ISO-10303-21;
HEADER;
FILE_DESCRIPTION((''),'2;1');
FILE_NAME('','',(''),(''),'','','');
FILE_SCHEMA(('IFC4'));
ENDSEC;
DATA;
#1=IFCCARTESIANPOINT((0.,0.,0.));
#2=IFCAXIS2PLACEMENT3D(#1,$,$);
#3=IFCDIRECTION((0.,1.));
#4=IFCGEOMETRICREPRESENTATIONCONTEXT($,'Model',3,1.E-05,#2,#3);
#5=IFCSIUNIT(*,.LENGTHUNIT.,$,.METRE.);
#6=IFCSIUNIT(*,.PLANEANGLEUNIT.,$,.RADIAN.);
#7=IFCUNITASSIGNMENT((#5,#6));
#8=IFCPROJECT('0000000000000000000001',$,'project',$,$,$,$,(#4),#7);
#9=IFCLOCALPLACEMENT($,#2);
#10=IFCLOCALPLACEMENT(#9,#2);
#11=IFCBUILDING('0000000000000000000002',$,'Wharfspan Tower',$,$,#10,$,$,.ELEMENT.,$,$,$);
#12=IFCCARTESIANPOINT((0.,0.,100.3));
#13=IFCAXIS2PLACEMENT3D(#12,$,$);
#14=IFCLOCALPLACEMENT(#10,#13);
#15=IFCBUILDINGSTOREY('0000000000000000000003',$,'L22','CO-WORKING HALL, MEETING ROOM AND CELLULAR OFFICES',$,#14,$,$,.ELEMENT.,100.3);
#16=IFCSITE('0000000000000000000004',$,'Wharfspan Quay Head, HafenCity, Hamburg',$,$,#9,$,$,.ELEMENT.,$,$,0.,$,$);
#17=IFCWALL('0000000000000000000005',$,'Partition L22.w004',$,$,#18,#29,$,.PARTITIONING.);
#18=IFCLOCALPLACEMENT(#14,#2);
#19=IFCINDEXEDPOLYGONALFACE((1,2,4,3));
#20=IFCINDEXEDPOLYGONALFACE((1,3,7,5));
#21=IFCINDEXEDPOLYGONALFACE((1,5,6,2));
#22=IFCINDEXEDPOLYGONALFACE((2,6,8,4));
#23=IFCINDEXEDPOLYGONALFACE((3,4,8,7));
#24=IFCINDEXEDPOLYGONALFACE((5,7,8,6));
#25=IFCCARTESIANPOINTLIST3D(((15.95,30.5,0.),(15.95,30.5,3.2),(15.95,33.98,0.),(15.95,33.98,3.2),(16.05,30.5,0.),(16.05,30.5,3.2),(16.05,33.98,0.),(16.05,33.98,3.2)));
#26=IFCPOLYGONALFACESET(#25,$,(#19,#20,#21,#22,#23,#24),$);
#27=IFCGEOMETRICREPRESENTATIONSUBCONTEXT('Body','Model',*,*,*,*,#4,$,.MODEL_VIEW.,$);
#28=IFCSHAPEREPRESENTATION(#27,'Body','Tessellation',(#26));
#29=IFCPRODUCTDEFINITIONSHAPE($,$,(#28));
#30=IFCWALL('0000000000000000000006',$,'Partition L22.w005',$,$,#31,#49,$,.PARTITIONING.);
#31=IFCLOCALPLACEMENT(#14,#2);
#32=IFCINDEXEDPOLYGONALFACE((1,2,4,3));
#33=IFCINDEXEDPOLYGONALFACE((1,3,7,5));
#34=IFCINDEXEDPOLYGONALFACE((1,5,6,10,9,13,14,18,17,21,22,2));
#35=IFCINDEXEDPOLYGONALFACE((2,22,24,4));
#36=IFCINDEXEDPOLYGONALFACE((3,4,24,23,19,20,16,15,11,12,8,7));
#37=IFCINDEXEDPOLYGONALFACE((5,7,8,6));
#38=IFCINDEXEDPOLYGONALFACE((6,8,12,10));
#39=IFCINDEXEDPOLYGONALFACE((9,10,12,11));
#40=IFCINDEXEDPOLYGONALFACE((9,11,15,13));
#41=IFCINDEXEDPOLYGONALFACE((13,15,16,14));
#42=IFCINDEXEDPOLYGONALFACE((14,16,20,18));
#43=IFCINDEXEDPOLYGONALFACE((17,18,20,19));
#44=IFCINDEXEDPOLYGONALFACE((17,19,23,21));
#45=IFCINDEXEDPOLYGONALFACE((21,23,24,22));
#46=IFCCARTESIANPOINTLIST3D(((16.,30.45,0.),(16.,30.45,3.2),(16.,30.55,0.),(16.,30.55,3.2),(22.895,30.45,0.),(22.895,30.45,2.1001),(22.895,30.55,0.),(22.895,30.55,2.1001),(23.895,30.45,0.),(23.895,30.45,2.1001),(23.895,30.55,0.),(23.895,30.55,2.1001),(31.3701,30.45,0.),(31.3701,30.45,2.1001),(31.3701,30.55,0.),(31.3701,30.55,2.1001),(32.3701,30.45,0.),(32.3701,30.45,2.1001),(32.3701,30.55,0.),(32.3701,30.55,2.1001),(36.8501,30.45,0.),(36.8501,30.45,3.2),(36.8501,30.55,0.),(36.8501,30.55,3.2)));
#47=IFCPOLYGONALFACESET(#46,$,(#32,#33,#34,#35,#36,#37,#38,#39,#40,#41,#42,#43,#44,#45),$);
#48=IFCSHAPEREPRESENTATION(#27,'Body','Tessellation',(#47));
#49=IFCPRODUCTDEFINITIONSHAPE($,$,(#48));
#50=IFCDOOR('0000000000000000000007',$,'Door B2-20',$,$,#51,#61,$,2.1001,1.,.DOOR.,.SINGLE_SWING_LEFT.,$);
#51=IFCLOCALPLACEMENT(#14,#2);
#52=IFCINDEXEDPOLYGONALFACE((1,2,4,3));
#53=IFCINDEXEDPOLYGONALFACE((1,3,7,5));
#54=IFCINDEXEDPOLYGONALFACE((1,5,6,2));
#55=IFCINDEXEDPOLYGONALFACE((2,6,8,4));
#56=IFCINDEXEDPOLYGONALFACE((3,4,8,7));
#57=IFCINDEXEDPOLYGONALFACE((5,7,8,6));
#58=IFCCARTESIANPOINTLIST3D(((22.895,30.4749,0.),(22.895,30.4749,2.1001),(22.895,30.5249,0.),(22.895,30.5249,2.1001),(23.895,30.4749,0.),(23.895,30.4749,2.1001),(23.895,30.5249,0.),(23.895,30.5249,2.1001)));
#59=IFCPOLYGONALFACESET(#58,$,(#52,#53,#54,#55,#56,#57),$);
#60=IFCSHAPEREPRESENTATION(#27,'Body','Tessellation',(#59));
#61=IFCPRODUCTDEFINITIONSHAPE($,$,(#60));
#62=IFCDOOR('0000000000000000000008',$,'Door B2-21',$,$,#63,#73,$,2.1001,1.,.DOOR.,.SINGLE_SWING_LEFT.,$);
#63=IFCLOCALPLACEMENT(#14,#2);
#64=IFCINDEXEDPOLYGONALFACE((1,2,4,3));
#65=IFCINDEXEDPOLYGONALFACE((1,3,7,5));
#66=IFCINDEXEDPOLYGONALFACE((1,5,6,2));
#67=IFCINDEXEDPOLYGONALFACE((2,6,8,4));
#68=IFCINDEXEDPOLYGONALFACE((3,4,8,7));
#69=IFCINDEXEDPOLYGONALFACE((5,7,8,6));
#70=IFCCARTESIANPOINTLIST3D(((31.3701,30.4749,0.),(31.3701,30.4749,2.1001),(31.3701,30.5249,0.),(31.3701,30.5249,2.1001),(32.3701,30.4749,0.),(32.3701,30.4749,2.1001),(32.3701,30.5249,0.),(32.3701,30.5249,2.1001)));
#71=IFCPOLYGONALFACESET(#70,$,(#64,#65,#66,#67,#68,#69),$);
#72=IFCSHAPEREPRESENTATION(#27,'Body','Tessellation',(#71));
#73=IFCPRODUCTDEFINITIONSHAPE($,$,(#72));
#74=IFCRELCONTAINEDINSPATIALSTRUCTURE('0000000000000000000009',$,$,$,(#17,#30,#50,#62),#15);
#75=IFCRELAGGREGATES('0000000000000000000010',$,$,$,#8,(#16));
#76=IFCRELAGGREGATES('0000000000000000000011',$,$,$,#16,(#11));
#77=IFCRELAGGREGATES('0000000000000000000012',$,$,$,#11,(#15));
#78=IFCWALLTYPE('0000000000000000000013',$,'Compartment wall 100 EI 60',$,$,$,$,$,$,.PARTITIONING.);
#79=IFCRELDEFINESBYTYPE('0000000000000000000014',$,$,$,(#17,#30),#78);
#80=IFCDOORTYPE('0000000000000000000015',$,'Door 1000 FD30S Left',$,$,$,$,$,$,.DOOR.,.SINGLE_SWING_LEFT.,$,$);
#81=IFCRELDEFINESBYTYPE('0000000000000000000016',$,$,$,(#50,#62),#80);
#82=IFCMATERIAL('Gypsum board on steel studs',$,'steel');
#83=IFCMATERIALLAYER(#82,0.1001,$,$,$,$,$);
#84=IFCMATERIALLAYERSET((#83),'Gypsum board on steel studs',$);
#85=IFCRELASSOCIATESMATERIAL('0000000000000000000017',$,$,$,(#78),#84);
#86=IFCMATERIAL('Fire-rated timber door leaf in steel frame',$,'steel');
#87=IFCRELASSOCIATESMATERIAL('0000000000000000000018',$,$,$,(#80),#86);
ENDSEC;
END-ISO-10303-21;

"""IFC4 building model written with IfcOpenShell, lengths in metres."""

from ifc_helpers import new_model, si_unit, direction, frame, frame_2d, origin, place, context, subcontext, project, spatial, rectangle, extrude, material, layer, layer_set, type_object, element, fill, save


model = new_model("IFC4")

# Units and contexts
model_context = context("Model", 3, precision=1e-05, world=origin(), true_north=direction((0.0, 1.0)))
body_context = subcontext(model_context, "Body", "Model", "MODEL_VIEW")
ifc_project = project(units=[si_unit("LENGTHUNIT", "METRE"), si_unit("PLANEANGLEUNIT", "RADIAN")], contexts=[model_context])

# Site, building, storey
site_placement = place(None, origin())
site = spatial("IfcSite", under=ifc_project, at=site_placement, Name="Wharfspan Quay Head, HafenCity, Hamburg", CompositionType="ELEMENT", RefElevation=0.0)
building_placement = place(site_placement, origin())
building = spatial("IfcBuilding", under=site, at=building_placement, Name="Wharfspan Tower", CompositionType="ELEMENT")
storey_placement = place(building_placement, frame((0.0, 0.0, 100.3)))
storey = spatial("IfcBuildingStorey", under=building, at=storey_placement, Name="L22", Description="CO-WORKING HALL, MEETING ROOM AND CELLULAR OFFICES", CompositionType="ELEMENT", Elevation=100.3)

# Wall
ifc_material_1 = material(Name="Gypsum board on steel studs", Category="steel")
ifc_layer_1 = layer(ifc_material_1, 0.1001)
ifc_layer_set_1 = layer_set([ifc_layer_1], Name="Gypsum board on steel studs")
wall_type_1 = type_object("IfcWallType", Name="Compartment wall 100 EI 60", PredefinedType="PARTITIONING", material=ifc_layer_set_1)
wall_1_placement = place(storey_placement, frame((16.0, 30.5, 0.0), z_axis=(0.0, 0.0, 1.0), x_axis=(0.0, 1.0, 0.0)))
element("IfcWall", 1, at=wall_1_placement, inside=storey, type_object=wall_type_1, Name="Partition L22.w004", PredefinedType="PARTITIONING", context=body_context, shape_type="SweptSolid", body=[
    extrude(rectangle(XDim=3.48, YDim=0.1001, at=frame_2d((1.74, 0.0))), origin(), (0.0, 0.0, 1.0), 3.2),
])

# Wall, openings, doors
wall_2_placement = place(storey_placement, frame((16.0, 30.5, 0.0), z_axis=(0.0, 0.0, 1.0), x_axis=(1.0, 0.0, 0.0)))
wall_2 = element("IfcWall", 2, at=wall_2_placement, inside=storey, type_object=wall_type_1, Name="Partition L22.w005", PredefinedType="PARTITIONING", context=body_context, shape_type="SweptSolid", body=[
    extrude(rectangle(XDim=20.8501, YDim=0.1001, at=frame_2d((10.425, 0.0))), origin(), (0.0, 0.0, 1.0), 3.2),
])
opening_1_placement = place(wall_2_placement, frame((6.895, 0.0, 0.0)))
opening_1 = element("IfcOpeningElement", 3, at=opening_1_placement, cuts=wall_2, PredefinedType="OPENING", context=body_context, shape_type="SweptSolid", body=[
    extrude(rectangle(XDim=1.0, YDim=2.1001, at=frame_2d((0.5, 1.05))), frame((0.0, 0.0601, 0.0), z_axis=(0.0, -1.0, 0.0), x_axis=(1.0, 0.0, 0.0)), (0.0, 0.0, 1.0), 0.1201),
])
opening_2_placement = place(wall_2_placement, frame((15.3701, 0.0, 0.0)))
opening_2 = element("IfcOpeningElement", 4, at=opening_2_placement, cuts=wall_2, PredefinedType="OPENING", context=body_context, shape_type="SweptSolid", body=[
    extrude(rectangle(XDim=1.0, YDim=2.1001, at=frame_2d((0.5, 1.05))), frame((0.0, 0.0601, 0.0), z_axis=(0.0, -1.0, 0.0), x_axis=(1.0, 0.0, 0.0)), (0.0, 0.0, 1.0), 0.1201),
])
ifc_material_2 = material(Name="Fire-rated timber door leaf in steel frame", Category="steel")
door_type_1 = type_object("IfcDoorType", Name="Door 1000 FD30S Left", OperationType="SINGLE_SWING_LEFT", PredefinedType="DOOR", material=ifc_material_2)
door_1_placement = place(opening_1_placement, origin())
door_1 = element("IfcDoor", 5, at=door_1_placement, inside=storey, type_object=door_type_1, Name="Door B2-20", OperationType="SINGLE_SWING_LEFT", OverallHeight=2.1001, OverallWidth=1.0, PredefinedType="DOOR", context=body_context, shape_type="SweptSolid", body=[
    extrude(rectangle(XDim=1.0, YDim=2.1001, at=frame_2d((0.5, 1.05))), frame((0.0, 0.0249, 0.0), z_axis=(0.0, -1.0, 0.0), x_axis=(1.0, 0.0, 0.0)), (0.0, 0.0, 1.0), 0.05),
])
fill(opening_1, door_1)
door_2_placement = place(opening_2_placement, origin())
door_2 = element("IfcDoor", 6, at=door_2_placement, inside=storey, type_object=door_type_1, Name="Door B2-21", OperationType="SINGLE_SWING_LEFT", OverallHeight=2.1001, OverallWidth=1.0, PredefinedType="DOOR", context=body_context, shape_type="SweptSolid", body=[
    extrude(rectangle(XDim=1.0, YDim=2.1001, at=frame_2d((0.5, 1.05))), frame((0.0, 0.0249, 0.0), z_axis=(0.0, -1.0, 0.0), x_axis=(1.0, 0.0, 0.0)), (0.0, 0.0, 1.0), 0.05),
])
fill(opening_2, door_2)

save(model, "model.ifc")
